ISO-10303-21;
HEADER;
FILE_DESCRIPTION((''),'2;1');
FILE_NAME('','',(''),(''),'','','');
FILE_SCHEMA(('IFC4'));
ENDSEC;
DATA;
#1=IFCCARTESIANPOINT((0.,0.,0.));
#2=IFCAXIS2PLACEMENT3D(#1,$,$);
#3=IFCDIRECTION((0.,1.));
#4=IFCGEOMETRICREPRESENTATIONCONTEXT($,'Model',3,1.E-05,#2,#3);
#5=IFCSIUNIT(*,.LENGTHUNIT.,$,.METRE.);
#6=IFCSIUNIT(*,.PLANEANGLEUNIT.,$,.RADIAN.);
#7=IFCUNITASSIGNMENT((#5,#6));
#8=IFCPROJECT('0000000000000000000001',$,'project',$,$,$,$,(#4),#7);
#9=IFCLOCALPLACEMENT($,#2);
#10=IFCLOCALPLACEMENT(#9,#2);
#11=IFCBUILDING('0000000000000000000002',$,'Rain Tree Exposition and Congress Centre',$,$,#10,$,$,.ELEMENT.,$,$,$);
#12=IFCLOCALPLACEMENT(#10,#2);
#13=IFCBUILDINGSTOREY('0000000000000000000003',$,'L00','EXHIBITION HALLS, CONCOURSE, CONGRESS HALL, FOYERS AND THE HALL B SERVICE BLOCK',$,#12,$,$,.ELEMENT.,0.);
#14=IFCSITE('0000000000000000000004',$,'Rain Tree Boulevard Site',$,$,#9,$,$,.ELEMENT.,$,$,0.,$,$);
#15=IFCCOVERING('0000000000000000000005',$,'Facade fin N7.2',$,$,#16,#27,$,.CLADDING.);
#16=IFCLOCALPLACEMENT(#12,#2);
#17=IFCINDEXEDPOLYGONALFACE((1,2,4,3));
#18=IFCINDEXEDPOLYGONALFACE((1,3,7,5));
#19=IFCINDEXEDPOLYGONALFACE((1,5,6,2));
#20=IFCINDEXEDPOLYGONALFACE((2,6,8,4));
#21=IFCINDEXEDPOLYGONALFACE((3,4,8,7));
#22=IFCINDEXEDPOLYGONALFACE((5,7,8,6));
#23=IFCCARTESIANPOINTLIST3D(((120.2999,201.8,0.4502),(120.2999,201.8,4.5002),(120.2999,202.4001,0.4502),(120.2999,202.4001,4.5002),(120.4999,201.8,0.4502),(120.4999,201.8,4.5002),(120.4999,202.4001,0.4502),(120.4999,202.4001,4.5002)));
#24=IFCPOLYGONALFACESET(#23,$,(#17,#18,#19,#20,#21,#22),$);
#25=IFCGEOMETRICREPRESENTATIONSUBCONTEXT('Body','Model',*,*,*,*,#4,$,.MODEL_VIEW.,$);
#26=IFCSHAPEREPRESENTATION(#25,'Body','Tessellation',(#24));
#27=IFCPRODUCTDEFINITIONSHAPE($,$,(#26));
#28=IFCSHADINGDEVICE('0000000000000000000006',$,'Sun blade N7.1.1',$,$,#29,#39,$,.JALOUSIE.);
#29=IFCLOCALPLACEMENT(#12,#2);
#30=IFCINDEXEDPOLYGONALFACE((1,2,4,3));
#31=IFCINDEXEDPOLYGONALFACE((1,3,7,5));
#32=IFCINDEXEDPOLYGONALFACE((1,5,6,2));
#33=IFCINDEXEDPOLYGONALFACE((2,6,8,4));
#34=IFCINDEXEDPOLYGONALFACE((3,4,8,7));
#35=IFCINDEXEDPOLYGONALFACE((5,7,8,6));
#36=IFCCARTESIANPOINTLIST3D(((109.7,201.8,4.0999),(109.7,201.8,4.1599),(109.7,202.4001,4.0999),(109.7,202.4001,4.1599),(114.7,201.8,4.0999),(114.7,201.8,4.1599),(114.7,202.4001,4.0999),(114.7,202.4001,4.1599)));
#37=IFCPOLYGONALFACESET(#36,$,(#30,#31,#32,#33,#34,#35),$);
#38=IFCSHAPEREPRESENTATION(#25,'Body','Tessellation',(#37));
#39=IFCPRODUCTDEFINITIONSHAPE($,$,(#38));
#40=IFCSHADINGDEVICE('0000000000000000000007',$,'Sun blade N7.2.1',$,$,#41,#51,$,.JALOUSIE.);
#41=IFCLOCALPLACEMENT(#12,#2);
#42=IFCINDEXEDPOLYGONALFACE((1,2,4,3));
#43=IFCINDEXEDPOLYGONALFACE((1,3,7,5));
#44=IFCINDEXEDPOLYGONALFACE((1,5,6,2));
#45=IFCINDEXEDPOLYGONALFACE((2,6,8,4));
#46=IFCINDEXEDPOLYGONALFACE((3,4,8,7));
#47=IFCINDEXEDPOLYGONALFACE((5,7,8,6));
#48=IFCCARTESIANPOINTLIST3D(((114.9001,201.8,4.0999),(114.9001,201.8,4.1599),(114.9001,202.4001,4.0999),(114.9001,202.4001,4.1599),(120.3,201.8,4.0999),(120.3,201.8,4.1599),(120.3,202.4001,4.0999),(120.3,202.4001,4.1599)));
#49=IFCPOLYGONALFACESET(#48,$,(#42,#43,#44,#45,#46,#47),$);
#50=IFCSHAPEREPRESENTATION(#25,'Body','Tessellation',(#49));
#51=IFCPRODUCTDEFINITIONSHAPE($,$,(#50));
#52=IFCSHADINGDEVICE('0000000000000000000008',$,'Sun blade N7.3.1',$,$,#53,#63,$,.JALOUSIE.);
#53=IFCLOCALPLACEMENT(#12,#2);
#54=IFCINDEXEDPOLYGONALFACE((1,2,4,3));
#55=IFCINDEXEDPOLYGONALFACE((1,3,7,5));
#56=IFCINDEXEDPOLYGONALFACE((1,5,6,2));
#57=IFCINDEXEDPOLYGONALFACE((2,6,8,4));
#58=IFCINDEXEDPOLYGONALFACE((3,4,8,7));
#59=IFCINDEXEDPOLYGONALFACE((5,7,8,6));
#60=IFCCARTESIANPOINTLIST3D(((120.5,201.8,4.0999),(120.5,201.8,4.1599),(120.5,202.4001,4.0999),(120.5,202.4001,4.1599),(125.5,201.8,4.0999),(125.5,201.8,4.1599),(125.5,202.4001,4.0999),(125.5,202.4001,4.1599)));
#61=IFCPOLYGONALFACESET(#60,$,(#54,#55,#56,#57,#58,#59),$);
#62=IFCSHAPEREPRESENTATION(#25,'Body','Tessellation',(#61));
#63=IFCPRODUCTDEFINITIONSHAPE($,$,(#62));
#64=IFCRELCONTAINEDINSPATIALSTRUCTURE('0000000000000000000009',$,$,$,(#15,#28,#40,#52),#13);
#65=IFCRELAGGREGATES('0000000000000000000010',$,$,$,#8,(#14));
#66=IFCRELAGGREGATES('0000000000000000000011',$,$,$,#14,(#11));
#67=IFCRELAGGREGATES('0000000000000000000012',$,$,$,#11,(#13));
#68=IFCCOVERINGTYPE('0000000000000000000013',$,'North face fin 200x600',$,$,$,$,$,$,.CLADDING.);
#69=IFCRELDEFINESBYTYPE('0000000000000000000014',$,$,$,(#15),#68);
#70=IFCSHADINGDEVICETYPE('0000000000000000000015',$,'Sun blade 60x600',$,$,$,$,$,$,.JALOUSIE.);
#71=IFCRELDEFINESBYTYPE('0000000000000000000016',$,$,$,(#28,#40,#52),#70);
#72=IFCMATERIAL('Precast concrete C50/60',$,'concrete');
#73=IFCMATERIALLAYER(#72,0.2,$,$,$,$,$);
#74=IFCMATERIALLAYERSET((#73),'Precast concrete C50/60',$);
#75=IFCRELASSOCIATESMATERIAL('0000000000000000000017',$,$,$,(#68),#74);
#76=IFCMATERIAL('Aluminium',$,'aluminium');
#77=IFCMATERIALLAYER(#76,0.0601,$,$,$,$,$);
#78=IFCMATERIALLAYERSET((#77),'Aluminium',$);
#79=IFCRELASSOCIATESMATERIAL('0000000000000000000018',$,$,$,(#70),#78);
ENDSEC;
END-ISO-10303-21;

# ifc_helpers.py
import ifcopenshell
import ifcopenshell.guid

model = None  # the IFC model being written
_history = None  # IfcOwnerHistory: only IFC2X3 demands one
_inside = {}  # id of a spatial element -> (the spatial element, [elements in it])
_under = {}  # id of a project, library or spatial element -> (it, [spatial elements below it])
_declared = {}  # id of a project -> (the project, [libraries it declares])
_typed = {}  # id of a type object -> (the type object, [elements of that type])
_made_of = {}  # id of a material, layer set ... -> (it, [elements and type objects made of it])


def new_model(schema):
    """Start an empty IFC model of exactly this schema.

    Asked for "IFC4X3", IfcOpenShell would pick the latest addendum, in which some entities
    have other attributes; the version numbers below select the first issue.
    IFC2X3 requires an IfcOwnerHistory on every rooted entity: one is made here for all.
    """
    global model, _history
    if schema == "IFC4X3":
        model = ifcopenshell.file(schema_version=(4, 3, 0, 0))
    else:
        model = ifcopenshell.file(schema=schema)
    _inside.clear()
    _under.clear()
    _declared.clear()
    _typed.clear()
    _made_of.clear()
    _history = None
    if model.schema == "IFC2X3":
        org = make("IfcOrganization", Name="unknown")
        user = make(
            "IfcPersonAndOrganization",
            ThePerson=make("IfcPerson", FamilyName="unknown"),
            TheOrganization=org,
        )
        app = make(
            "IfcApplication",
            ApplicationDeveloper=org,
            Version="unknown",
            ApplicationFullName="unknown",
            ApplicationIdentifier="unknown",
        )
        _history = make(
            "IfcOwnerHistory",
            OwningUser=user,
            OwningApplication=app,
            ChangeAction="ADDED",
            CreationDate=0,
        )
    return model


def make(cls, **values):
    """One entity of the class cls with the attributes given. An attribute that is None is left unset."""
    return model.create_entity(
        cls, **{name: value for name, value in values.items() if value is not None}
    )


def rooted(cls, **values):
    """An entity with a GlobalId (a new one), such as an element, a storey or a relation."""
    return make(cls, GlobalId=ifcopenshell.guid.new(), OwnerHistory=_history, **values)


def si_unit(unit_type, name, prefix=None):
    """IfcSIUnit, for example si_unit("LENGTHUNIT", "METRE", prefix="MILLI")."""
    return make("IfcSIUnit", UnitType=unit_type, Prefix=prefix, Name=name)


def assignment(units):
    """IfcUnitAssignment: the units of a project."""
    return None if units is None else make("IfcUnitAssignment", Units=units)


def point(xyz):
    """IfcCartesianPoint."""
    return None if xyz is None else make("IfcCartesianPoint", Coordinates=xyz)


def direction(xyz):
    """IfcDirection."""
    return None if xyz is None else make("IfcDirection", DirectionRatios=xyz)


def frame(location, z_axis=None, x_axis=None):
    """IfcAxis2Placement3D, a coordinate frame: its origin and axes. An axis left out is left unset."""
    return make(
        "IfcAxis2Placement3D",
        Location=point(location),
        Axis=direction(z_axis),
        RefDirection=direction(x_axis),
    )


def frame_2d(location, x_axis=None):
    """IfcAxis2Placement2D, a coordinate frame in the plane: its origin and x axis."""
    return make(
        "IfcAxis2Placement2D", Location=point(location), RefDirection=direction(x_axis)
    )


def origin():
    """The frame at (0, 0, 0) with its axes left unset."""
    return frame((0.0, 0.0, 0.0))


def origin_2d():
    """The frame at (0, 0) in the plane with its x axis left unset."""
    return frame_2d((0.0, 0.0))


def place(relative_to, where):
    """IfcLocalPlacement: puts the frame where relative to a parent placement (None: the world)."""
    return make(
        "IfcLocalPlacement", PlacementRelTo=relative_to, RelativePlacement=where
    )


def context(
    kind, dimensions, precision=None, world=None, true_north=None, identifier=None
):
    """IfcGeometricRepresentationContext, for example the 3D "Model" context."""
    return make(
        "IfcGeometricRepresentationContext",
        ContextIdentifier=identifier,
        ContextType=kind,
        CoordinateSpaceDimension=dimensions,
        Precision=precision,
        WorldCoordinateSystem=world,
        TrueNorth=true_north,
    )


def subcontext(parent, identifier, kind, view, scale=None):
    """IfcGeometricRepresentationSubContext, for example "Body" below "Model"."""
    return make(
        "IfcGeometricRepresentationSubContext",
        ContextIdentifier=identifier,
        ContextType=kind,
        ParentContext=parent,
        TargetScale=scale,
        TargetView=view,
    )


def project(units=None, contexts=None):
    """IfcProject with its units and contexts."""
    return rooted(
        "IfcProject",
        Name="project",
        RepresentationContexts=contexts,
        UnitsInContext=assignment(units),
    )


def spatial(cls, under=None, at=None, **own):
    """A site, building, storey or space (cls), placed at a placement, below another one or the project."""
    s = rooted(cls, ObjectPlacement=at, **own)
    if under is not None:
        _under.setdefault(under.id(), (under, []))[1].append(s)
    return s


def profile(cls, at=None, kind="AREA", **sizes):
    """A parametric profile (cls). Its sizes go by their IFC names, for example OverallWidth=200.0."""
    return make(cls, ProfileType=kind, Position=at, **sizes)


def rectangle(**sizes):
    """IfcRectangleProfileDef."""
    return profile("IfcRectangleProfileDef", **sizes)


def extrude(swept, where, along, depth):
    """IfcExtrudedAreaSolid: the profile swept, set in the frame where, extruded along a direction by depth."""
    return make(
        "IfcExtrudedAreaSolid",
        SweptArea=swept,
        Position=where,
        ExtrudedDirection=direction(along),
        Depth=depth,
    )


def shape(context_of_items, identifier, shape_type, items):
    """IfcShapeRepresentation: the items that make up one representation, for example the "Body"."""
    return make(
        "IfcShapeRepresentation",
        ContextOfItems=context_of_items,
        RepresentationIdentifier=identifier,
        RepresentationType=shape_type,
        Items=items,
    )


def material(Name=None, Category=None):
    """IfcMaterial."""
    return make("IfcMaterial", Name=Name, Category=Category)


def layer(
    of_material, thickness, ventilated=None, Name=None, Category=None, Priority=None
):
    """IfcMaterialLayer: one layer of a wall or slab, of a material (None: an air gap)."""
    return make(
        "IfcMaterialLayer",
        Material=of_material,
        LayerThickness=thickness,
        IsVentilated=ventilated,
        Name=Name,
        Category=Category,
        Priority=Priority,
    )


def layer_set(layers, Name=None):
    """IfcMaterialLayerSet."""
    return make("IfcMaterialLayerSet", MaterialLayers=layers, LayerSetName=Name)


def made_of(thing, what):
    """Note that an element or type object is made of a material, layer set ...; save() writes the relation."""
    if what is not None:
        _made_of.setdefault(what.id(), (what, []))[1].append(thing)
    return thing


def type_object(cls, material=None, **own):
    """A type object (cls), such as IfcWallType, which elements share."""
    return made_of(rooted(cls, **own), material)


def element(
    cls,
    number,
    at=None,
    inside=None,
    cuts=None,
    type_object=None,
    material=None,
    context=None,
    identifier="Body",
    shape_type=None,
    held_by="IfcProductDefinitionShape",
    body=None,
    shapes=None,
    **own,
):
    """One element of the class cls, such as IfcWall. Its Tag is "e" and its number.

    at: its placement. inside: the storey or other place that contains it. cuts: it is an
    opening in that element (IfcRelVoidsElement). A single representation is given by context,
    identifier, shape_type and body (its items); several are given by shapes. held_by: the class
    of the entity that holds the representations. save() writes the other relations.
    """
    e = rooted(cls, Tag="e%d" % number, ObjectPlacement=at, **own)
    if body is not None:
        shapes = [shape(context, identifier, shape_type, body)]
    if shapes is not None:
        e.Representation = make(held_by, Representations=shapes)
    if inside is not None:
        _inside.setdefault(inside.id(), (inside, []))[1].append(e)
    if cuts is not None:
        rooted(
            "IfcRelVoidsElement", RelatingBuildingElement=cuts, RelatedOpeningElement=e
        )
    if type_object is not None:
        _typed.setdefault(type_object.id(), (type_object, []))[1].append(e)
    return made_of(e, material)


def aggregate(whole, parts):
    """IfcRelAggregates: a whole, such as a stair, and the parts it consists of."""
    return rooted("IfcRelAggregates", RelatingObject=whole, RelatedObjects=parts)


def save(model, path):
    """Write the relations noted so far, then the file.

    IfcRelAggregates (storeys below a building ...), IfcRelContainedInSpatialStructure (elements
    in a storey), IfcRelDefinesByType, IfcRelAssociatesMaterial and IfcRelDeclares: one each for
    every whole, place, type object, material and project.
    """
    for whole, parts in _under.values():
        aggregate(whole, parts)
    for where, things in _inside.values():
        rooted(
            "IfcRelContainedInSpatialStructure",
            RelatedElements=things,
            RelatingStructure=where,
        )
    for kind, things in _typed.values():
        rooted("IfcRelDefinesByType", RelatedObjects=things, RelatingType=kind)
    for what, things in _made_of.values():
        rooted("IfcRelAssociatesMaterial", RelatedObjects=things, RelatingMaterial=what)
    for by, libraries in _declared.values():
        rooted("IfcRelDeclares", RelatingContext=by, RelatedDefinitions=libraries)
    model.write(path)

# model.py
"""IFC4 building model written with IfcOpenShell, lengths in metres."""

from ifc_helpers import new_model, si_unit, direction, frame, origin, origin_2d, place, context, subcontext, project, spatial, rectangle, extrude, material, layer, layer_set, type_object, element, save


model = new_model("IFC4")

# Units and contexts
model_context = context("Model", 3, precision=1e-05, world=origin(), true_north=direction((0.0, 1.0)))
body_context = subcontext(model_context, "Body", "Model", "MODEL_VIEW")
ifc_project = project(units=[si_unit("LENGTHUNIT", "METRE"), si_unit("PLANEANGLEUNIT", "RADIAN")], contexts=[model_context])

# Site, building, storey
site_placement = place(None, origin())
site = spatial("IfcSite", under=ifc_project, at=site_placement, Name="Rain Tree Boulevard Site", CompositionType="ELEMENT", RefElevation=0.0)
building_placement = place(site_placement, origin())
building = spatial("IfcBuilding", under=site, at=building_placement, Name="Rain Tree Exposition and Congress Centre", CompositionType="ELEMENT")
storey_placement = place(building_placement, origin())
storey = spatial("IfcBuildingStorey", under=building, at=storey_placement, Name="L00", Description="EXHIBITION HALLS, CONCOURSE, CONGRESS HALL, FOYERS AND THE HALL B SERVICE BLOCK", CompositionType="ELEMENT", Elevation=0.0)

# Covering
ifc_material_1 = material(Name="Precast concrete C50/60", Category="concrete")
ifc_layer_1 = layer(ifc_material_1, 0.2)
ifc_layer_set_1 = layer_set([ifc_layer_1], Name="Precast concrete C50/60")
covering_type = type_object("IfcCoveringType", Name="North face fin 200x600", PredefinedType="CLADDING", material=ifc_layer_set_1)
for number, where, z_axis, x_axis, name in (
    (1, (120.3999, 202.1001, 0.4502), (0.0, 0.0, 1.0), (1.0, 0.0, 0.0), "Facade fin N7.2"),
):
    element("IfcCovering", number, at=place(storey_placement, frame(where, z_axis=z_axis, x_axis=x_axis)), inside=storey, type_object=covering_type, Name=name, PredefinedType="CLADDING", context=body_context, shape_type="SweptSolid", body=[
        extrude(rectangle(XDim=0.2, YDim=0.6001, at=origin_2d()), origin(), (0.0, 0.0, 1.0), 4.05),
    ])

# Shading devices
ifc_material_2 = material(Name="Aluminium", Category="aluminium")
ifc_layer_2 = layer(ifc_material_2, 0.0601)
ifc_layer_set_2 = layer_set([ifc_layer_2], Name="Aluminium")
shading_device_type = type_object("IfcShadingDeviceType", Name="Sun blade 60x600", PredefinedType="JALOUSIE", material=ifc_layer_set_2)
shading_device_1_placement = place(storey_placement, frame((112.2, 202.1001, 4.0999), z_axis=(0.0, 0.0, 1.0), x_axis=(1.0, 0.0, 0.0)))
element("IfcShadingDevice", 2, at=shading_device_1_placement, inside=storey, type_object=shading_device_type, Name="Sun blade N7.1.1", PredefinedType="JALOUSIE", context=body_context, shape_type="SweptSolid", body=[
    extrude(rectangle(XDim=5.0, YDim=0.6001, at=origin_2d()), origin(), (0.0, 0.0, 1.0), 0.0601),
])
shading_device_2_placement = place(storey_placement, frame((117.6001, 202.1001, 4.0999), z_axis=(0.0, 0.0, 1.0), x_axis=(1.0, 0.0, 0.0)))
element("IfcShadingDevice", 3, at=shading_device_2_placement, inside=storey, type_object=shading_device_type, Name="Sun blade N7.2.1", PredefinedType="JALOUSIE", context=body_context, shape_type="SweptSolid", body=[
    extrude(rectangle(XDim=5.3999, YDim=0.6001, at=origin_2d()), origin(), (0.0, 0.0, 1.0), 0.0601),
])
shading_device_3_placement = place(storey_placement, frame((123.0, 202.1001, 4.0999), z_axis=(0.0, 0.0, 1.0), x_axis=(1.0, 0.0, 0.0)))
element("IfcShadingDevice", 4, at=shading_device_3_placement, inside=storey, type_object=shading_device_type, Name="Sun blade N7.3.1", PredefinedType="JALOUSIE", context=body_context, shape_type="SweptSolid", body=[
    extrude(rectangle(XDim=5.0, YDim=0.6001, at=origin_2d()), origin(), (0.0, 0.0, 1.0), 0.0601),
])

save(model, "model.ifc")
